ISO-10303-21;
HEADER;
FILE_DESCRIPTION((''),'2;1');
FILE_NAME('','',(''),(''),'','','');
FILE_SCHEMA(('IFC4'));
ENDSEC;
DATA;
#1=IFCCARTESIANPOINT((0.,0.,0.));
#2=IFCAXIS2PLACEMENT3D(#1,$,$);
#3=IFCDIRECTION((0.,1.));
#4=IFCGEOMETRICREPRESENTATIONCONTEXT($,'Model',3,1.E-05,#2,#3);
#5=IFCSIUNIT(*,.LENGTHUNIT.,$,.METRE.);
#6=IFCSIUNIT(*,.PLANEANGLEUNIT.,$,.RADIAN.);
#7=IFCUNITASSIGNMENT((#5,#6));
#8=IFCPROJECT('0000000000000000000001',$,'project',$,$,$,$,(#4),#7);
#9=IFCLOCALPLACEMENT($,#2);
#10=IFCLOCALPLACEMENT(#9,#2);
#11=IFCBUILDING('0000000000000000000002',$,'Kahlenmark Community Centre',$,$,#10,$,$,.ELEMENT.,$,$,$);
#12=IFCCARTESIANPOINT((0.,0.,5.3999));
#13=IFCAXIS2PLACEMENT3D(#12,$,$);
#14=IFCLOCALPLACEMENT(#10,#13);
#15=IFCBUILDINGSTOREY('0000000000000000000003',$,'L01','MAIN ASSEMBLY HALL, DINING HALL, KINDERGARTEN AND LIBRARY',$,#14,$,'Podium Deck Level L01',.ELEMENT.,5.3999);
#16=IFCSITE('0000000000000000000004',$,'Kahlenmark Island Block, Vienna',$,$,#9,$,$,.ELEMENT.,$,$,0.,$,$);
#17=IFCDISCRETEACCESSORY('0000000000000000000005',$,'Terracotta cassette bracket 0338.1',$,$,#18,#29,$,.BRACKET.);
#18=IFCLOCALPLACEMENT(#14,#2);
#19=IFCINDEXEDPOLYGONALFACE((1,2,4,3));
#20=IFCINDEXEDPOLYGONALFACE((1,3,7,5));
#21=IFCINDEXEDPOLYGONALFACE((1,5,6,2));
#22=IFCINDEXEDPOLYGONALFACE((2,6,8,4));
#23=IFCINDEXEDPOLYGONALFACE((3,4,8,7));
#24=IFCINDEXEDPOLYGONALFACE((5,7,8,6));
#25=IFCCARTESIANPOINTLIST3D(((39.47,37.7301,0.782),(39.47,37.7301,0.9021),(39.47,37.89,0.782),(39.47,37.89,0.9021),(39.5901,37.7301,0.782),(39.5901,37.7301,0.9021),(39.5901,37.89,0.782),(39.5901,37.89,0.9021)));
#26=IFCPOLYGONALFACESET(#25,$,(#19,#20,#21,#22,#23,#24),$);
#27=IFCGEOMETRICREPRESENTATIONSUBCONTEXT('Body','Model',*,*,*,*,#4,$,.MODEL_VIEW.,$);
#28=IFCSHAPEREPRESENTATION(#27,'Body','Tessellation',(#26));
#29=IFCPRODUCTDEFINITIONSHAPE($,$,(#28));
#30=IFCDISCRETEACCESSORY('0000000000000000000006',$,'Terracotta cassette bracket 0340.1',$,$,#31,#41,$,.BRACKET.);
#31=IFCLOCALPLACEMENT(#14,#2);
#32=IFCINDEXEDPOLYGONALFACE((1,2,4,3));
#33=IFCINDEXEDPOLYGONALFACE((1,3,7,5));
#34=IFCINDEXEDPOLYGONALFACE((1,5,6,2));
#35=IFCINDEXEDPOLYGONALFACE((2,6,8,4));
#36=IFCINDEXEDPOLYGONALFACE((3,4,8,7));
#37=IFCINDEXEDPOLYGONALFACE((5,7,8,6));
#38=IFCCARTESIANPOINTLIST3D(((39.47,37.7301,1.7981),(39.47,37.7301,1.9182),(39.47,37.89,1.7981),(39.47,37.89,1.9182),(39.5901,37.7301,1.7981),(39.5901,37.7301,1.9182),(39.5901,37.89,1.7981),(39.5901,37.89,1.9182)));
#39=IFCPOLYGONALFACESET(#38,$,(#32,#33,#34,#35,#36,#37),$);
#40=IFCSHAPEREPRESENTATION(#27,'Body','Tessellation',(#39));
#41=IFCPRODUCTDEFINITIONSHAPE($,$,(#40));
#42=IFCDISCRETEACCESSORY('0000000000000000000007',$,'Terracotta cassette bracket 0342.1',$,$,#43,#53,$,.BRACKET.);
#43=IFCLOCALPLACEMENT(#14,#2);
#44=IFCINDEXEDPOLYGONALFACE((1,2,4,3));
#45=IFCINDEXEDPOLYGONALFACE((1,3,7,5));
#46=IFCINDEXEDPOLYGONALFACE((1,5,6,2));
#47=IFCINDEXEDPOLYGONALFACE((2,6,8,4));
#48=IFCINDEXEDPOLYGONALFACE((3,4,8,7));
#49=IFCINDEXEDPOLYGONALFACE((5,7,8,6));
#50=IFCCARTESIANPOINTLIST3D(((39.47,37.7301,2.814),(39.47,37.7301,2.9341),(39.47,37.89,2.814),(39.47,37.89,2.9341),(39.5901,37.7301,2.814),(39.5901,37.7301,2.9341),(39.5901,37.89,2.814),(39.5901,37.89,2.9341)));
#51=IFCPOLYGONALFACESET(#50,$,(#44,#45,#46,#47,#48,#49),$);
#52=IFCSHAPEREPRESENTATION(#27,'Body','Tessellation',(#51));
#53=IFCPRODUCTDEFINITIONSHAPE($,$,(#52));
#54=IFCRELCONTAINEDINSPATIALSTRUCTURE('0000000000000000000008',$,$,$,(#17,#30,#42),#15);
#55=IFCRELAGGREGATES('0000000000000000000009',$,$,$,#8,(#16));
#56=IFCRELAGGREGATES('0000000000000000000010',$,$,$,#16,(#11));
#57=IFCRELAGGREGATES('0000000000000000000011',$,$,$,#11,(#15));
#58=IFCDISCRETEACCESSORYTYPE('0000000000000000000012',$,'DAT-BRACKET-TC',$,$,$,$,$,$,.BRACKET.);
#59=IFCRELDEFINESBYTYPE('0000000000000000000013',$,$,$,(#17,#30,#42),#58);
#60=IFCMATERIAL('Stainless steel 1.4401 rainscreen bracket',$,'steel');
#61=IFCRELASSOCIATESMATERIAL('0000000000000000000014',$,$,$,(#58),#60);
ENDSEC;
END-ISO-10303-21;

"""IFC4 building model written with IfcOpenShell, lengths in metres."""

from ifc_helpers import new_model, si_unit, direction, frame, origin, origin_2d, place, context, subcontext, project, spatial, rectangle, extrude, material, type_object, element, save


model = new_model("IFC4")

# Units and contexts
model_context = context("Model", 3, precision=1e-05, world=origin(), true_north=direction((0.0, 1.0)))
body_context = subcontext(model_context, "Body", "Model", "MODEL_VIEW")
ifc_project = project(units=[si_unit("LENGTHUNIT", "METRE"), si_unit("PLANEANGLEUNIT", "RADIAN")], contexts=[model_context])

# Site, building, storey
site_placement = place(None, origin())
site = spatial("IfcSite", under=ifc_project, at=site_placement, Name="Kahlenmark Island Block, Vienna", CompositionType="ELEMENT", RefElevation=0.0)
building_placement = place(site_placement, origin())
building = spatial("IfcBuilding", under=site, at=building_placement, Name="Kahlenmark Community Centre", CompositionType="ELEMENT")
storey_placement = place(building_placement, frame((0.0, 0.0, 5.3999)))
storey = spatial("IfcBuildingStorey", under=building, at=storey_placement, Name="L01", Description="MAIN ASSEMBLY HALL, DINING HALL, KINDERGARTEN AND LIBRARY", LongName="Podium Deck Level L01", CompositionType="ELEMENT", Elevation=5.3999)

# Discrete accessories
ifc_material_1 = material(Name="Stainless steel 1.4401 rainscreen bracket", Category="steel")
discrete_accessory_type = type_object("IfcDiscreteAccessoryType", Name="DAT-BRACKET-TC", PredefinedType="BRACKET", material=ifc_material_1)
for number, where, z_axis, x_axis, name in (
    (1, (39.53, 37.8101, 0.782), (0.0, 0.0, 1.0), (-1.0, 0.0, 0.0), "Terracotta cassette bracket 0338.1"),
    (2, (39.53, 37.8101, 1.7981), (0.0, 0.0, 1.0), (-1.0, 0.0, 0.0), "Terracotta cassette bracket 0340.1"),
    (3, (39.53, 37.8101, 2.814), (0.0, 0.0, 1.0), (-1.0, 0.0, 0.0), "Terracotta cassette bracket 0342.1"),
):
    element("IfcDiscreteAccessory", number, at=place(storey_placement, frame(where, z_axis=z_axis, x_axis=x_axis)), inside=storey, type_object=discrete_accessory_type, Name=name, PredefinedType="BRACKET", context=body_context, shape_type="SweptSolid", body=[
        extrude(rectangle(XDim=0.1201, YDim=0.1599, at=origin_2d()), origin(), (0.0, 0.0, 1.0), 0.1201),
    ])

save(model, "model.ifc")
